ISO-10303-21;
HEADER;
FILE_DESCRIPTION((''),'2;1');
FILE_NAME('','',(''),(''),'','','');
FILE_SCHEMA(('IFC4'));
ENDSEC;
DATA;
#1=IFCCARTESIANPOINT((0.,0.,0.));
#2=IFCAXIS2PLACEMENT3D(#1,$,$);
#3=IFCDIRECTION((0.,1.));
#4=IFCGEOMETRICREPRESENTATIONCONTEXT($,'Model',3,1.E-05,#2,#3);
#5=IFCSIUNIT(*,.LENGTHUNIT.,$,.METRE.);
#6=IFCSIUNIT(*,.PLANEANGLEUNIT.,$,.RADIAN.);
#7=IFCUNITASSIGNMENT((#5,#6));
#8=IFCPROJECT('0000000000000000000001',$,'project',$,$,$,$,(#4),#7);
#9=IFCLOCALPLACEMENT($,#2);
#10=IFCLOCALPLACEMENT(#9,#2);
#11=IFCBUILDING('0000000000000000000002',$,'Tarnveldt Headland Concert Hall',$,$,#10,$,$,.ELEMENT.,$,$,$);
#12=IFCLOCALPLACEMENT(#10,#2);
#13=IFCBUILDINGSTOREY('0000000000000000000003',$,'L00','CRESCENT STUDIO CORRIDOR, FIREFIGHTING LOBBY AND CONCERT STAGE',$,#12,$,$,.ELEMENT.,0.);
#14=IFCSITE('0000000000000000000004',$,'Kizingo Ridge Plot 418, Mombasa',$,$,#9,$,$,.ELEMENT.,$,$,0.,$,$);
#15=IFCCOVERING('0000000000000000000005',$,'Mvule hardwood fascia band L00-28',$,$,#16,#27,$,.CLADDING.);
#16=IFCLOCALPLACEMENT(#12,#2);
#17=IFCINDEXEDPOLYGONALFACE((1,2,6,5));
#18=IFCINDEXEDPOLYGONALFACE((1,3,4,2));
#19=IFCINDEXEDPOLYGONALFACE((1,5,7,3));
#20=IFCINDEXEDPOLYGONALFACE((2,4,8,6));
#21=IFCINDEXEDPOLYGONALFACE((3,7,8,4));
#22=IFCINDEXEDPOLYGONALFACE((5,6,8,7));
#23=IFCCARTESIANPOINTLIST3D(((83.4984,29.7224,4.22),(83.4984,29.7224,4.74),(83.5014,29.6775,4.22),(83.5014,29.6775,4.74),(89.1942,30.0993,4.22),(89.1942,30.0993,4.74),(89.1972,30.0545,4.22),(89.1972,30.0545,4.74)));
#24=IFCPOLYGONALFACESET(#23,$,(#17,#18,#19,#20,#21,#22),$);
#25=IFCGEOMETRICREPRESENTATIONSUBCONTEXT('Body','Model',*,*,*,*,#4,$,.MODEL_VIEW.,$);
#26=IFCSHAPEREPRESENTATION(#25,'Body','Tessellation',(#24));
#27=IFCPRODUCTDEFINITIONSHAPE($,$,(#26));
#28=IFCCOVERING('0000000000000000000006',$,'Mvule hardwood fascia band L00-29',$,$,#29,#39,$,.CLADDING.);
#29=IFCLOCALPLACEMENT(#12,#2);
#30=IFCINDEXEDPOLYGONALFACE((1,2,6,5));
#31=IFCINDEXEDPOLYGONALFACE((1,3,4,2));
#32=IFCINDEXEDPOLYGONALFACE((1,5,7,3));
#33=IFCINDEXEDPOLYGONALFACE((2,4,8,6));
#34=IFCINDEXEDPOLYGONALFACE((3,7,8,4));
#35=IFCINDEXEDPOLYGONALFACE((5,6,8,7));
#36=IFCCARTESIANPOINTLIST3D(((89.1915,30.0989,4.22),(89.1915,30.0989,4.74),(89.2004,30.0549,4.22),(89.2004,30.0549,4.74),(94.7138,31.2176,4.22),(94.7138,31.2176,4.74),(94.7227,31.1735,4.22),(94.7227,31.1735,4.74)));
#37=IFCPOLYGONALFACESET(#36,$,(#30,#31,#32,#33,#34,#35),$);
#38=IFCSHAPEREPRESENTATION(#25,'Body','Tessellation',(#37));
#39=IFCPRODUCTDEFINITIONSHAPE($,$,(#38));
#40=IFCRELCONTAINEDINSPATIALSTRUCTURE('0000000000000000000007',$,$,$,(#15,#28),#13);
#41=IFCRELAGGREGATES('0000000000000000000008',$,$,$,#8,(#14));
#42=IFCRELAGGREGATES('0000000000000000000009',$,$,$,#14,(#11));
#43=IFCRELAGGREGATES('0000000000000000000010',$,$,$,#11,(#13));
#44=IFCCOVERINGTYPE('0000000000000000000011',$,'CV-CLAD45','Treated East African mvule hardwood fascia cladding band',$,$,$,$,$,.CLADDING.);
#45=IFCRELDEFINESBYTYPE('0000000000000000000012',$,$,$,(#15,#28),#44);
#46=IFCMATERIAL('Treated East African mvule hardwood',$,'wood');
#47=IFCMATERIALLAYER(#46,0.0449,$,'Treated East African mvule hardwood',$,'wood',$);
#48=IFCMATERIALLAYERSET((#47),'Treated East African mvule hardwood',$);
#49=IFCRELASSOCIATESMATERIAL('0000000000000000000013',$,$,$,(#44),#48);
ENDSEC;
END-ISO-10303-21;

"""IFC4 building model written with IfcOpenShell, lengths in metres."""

from ifc_helpers import new_model, si_unit, direction, frame, frame_2d, origin, place, context, subcontext, project, spatial, rectangle, extrude, material, layer, layer_set, type_object, element, save


model = new_model("IFC4")

# Units and contexts
model_context = context("Model", 3, precision=1e-05, world=origin(), true_north=direction((0.0, 1.0)))
body_context = subcontext(model_context, "Body", "Model", "MODEL_VIEW")
ifc_project = project(units=[si_unit("LENGTHUNIT", "METRE"), si_unit("PLANEANGLEUNIT", "RADIAN")], contexts=[model_context])

# Site, building, storey
site_placement = place(None, origin())
site = spatial("IfcSite", under=ifc_project, at=site_placement, Name="Kizingo Ridge Plot 418, Mombasa", CompositionType="ELEMENT", RefElevation=0.0)
building_placement = place(site_placement, origin())
building = spatial("IfcBuilding", under=site, at=building_placement, Name="Tarnveldt Headland Concert Hall", CompositionType="ELEMENT")
storey_placement = place(building_placement, origin())
storey = spatial("IfcBuildingStorey", under=building, at=storey_placement, Name="L00", Description="CRESCENT STUDIO CORRIDOR, FIREFIGHTING LOBBY AND CONCERT STAGE", CompositionType="ELEMENT", Elevation=0.0)

# Coverings
ifc_material_1 = material(Name="Treated East African mvule hardwood", Category="wood")
ifc_layer_1 = layer(ifc_material_1, 0.0449, Name="Treated East African mvule hardwood", Category="wood")
ifc_layer_set_1 = layer_set([ifc_layer_1], Name="Treated East African mvule hardwood")
covering_type = type_object("IfcCoveringType", Name="CV-CLAD45", Description="Treated East African mvule hardwood fascia cladding band", PredefinedType="CLADDING", material=ifc_layer_set_1)
covering_1_placement = place(storey_placement, frame((83.5, 29.7, 4.22), z_axis=(0.0, 0.0, 1.0), x_axis=(0.997817, 0.066036, 0.0)))
element("IfcCovering", 1, at=covering_1_placement, inside=storey, type_object=covering_type, Name="Mvule hardwood fascia band L00-28", PredefinedType="CLADDING", context=body_context, shape_type="SweptSolid", body=[
    extrude(rectangle(XDim=5.7083, YDim=0.0449, at=frame_2d((2.854, 0.0))), origin(), (0.0, 0.0, 1.0), 0.52),
])
covering_2_placement = place(storey_placement, frame((89.1958, 30.0769, 4.22), z_axis=(0.0, 0.0, 1.0), x_axis=(0.980094, 0.198532, 0.0)))
element("IfcCovering", 2, at=covering_2_placement, inside=storey, type_object=covering_type, Name="Mvule hardwood fascia band L00-29", PredefinedType="CLADDING", context=body_context, shape_type="SweptSolid", body=[
    extrude(rectangle(XDim=5.6345, YDim=0.0449, at=frame_2d((2.8174, 0.0))), origin(), (0.0, 0.0, 1.0), 0.52),
])

save(model, "model.ifc")
